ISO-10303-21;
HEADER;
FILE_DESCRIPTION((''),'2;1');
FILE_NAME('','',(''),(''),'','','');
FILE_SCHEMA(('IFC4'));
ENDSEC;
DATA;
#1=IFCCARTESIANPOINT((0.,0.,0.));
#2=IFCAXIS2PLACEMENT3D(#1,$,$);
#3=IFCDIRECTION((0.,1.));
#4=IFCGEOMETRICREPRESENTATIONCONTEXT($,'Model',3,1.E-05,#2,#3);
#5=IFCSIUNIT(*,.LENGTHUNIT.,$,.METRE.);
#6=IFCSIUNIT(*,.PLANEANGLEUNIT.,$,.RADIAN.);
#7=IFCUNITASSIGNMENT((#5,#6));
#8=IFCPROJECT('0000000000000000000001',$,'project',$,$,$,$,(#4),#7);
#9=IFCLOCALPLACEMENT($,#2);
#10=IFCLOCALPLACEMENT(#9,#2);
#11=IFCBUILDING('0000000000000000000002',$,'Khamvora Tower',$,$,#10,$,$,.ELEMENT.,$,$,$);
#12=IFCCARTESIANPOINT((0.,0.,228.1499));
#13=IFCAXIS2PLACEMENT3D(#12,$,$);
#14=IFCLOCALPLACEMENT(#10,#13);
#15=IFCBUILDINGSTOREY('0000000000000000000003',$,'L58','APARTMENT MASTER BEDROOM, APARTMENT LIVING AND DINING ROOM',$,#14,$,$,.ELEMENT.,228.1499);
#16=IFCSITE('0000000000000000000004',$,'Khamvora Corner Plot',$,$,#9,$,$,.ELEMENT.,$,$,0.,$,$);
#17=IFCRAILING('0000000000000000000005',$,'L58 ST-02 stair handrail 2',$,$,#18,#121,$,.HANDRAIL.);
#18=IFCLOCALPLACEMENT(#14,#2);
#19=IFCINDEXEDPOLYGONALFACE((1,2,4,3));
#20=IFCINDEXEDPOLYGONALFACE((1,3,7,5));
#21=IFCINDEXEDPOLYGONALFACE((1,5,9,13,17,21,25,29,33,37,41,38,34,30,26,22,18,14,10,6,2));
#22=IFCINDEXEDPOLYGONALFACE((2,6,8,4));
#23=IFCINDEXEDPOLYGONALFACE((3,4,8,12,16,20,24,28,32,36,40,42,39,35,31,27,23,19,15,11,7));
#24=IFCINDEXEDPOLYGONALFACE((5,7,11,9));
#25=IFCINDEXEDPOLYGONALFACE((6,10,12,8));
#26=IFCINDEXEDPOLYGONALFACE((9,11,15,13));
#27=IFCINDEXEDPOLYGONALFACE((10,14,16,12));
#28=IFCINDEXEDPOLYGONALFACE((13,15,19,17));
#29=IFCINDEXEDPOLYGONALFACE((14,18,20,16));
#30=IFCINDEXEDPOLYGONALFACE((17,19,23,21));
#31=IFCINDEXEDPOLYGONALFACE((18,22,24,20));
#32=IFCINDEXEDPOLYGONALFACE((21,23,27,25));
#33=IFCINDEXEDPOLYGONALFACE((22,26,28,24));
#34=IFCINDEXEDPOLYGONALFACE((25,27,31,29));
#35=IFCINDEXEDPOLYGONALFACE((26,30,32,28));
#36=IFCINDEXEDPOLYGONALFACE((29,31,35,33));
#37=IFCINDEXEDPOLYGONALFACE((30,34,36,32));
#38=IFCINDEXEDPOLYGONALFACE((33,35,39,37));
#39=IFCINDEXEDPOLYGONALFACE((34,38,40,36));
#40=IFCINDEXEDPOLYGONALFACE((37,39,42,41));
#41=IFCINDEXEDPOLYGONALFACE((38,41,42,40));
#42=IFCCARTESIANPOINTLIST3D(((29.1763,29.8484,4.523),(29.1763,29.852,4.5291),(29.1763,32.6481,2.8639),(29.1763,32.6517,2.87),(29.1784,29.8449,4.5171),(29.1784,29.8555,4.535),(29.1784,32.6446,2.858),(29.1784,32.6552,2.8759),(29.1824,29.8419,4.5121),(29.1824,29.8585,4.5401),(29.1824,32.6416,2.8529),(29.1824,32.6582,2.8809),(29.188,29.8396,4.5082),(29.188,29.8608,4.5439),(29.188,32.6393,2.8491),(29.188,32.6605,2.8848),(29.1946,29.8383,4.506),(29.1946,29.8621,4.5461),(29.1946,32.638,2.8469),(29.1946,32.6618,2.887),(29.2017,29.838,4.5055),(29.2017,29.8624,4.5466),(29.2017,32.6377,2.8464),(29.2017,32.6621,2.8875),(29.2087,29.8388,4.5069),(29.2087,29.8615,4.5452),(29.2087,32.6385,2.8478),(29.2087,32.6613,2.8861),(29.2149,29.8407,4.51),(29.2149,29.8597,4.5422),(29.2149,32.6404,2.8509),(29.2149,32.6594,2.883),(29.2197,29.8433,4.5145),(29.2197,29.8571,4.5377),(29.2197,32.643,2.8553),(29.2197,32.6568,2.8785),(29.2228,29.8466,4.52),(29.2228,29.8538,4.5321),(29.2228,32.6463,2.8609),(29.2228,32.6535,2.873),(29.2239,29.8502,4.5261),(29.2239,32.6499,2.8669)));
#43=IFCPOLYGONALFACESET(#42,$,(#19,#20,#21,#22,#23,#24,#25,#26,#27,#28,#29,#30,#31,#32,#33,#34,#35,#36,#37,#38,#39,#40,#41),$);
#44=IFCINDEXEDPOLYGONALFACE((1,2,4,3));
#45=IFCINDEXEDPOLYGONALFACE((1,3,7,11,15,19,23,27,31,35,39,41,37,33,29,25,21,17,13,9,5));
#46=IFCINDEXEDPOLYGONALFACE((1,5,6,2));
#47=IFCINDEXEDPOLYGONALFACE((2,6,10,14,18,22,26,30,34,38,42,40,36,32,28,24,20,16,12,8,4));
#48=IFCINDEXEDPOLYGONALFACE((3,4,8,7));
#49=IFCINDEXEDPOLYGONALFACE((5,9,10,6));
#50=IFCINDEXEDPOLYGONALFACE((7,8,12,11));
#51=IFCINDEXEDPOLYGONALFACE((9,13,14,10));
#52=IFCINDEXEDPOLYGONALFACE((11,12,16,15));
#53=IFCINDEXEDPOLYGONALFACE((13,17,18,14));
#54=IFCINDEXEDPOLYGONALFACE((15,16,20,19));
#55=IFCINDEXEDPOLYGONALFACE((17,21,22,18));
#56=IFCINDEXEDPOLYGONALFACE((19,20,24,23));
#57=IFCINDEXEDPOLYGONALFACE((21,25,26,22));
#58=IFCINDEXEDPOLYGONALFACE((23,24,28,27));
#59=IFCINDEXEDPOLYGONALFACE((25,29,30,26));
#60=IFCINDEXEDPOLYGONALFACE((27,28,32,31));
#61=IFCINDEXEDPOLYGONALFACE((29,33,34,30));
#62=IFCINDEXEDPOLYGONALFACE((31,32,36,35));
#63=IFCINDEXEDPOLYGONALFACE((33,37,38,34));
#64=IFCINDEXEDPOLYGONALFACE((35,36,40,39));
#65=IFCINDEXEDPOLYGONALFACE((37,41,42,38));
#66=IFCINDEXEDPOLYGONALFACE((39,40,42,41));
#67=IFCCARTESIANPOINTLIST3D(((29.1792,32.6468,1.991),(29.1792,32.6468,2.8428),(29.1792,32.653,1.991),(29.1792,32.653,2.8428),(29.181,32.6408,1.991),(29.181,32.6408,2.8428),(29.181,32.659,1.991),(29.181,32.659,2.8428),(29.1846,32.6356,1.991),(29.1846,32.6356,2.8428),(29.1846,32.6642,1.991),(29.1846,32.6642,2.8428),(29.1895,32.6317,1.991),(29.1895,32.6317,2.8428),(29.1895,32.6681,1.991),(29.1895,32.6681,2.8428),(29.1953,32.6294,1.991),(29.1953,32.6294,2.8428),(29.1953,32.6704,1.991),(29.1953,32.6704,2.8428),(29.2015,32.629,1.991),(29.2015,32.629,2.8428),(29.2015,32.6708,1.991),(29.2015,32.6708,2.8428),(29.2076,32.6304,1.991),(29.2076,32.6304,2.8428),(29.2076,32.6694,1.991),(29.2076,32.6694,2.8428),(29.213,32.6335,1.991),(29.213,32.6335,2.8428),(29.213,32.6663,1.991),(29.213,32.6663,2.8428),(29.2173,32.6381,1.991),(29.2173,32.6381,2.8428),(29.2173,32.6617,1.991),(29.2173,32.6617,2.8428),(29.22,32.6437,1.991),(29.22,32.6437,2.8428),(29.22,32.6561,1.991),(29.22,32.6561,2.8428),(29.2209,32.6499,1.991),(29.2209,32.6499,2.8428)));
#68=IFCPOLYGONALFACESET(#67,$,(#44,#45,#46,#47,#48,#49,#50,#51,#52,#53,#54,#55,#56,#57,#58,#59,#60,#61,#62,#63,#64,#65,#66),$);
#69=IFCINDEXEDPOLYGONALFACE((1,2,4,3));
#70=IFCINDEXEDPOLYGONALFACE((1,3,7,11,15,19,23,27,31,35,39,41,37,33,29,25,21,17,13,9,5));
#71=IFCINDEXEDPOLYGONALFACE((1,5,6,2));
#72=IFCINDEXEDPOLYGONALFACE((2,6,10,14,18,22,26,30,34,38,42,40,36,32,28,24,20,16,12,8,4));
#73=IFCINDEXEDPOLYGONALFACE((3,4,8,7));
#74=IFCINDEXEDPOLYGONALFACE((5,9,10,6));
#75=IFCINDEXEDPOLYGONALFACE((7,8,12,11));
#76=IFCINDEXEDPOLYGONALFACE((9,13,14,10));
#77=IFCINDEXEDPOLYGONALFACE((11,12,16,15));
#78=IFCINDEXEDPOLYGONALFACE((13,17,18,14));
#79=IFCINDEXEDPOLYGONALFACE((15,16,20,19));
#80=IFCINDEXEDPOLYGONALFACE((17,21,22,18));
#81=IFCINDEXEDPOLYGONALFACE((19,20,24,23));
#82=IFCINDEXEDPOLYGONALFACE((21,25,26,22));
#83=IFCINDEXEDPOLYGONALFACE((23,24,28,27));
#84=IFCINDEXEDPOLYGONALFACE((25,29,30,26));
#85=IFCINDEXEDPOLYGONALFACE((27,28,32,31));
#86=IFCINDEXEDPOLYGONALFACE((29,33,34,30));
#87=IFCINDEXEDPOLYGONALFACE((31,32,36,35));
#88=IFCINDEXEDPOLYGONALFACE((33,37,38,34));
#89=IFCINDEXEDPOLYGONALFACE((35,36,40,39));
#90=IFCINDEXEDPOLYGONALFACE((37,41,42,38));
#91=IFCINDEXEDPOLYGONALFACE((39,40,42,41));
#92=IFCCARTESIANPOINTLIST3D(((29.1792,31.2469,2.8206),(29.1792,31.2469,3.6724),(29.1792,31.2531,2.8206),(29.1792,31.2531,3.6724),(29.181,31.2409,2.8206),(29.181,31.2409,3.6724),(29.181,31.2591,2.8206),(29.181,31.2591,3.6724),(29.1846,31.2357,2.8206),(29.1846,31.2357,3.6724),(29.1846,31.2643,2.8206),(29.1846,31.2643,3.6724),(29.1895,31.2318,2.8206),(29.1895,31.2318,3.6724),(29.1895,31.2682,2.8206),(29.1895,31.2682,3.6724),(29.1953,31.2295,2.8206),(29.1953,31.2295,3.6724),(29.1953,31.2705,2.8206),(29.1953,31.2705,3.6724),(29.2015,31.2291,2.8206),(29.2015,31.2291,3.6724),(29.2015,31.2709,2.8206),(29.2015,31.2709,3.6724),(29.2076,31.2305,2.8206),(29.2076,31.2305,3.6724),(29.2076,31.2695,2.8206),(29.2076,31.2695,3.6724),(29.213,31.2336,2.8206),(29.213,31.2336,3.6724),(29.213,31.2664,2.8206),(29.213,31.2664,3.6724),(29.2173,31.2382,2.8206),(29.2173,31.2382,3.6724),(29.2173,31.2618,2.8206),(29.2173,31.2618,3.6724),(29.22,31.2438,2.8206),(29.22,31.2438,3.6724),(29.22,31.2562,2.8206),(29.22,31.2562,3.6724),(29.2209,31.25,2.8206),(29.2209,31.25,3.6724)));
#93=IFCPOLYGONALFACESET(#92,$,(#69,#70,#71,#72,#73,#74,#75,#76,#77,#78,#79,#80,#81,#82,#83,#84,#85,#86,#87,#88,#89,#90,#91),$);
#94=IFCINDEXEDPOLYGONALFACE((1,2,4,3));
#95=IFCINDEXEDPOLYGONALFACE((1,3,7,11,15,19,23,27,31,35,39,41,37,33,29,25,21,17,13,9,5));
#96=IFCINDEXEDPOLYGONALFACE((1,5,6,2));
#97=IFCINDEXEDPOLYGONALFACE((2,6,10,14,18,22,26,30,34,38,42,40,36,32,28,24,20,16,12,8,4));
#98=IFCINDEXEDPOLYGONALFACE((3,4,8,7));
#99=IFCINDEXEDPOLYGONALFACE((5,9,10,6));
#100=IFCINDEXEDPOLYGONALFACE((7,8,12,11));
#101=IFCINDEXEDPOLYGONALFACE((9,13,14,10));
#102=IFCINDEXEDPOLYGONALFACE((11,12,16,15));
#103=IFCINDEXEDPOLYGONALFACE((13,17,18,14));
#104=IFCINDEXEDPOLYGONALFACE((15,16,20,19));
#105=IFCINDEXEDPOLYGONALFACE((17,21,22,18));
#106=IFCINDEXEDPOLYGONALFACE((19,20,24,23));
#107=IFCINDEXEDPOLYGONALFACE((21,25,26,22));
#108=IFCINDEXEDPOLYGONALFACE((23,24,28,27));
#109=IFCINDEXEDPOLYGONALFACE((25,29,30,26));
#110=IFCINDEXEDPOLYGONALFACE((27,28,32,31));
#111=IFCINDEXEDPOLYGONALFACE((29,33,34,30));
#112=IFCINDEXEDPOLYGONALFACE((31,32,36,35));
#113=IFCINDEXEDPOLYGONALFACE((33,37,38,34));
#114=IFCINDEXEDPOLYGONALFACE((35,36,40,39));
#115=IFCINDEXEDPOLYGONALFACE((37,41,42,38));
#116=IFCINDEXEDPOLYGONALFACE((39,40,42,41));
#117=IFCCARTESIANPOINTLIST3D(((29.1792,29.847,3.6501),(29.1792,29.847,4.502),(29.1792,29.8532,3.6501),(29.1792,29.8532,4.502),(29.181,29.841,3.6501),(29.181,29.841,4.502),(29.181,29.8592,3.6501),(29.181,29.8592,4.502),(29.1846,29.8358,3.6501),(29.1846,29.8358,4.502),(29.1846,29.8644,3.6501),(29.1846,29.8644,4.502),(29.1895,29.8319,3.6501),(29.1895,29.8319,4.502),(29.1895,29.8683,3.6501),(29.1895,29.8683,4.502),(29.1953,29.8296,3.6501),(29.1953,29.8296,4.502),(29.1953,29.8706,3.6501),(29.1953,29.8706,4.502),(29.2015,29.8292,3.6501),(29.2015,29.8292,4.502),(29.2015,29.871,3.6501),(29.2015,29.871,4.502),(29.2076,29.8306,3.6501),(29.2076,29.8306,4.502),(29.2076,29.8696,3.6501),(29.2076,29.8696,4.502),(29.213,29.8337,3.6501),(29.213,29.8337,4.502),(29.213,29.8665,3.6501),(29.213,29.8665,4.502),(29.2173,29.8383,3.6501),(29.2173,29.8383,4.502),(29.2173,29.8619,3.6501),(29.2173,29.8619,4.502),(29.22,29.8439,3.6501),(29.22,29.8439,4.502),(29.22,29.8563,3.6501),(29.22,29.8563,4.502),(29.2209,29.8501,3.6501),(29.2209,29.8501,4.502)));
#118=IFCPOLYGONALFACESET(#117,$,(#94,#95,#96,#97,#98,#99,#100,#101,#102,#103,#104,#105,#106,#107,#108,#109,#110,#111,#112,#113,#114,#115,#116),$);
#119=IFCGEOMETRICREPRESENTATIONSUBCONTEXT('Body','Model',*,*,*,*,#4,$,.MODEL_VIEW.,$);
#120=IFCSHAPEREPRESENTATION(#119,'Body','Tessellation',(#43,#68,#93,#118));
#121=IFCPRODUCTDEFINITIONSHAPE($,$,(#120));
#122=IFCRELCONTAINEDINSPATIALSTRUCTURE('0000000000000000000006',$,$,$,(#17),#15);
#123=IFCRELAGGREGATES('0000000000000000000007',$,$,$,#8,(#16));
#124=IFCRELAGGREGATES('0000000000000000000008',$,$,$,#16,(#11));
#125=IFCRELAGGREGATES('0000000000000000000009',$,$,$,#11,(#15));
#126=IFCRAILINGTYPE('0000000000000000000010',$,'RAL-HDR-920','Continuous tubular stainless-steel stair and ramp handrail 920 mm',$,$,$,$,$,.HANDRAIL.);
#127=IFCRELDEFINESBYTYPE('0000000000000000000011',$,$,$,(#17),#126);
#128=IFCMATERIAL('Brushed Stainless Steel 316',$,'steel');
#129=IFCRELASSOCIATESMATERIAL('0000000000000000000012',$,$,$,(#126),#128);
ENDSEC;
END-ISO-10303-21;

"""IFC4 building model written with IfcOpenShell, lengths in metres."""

from ifc_helpers import new_model, si_unit, direction, frame, origin, origin_2d, place, context, subcontext, project, spatial, circle, extrude, material, type_object, element, save


model = new_model("IFC4")

# Units and contexts
model_context = context("Model", 3, precision=1e-05, world=origin(), true_north=direction((0.0, 1.0)))
body_context = subcontext(model_context, "Body", "Model", "MODEL_VIEW")
ifc_project = project(units=[si_unit("LENGTHUNIT", "METRE"), si_unit("PLANEANGLEUNIT", "RADIAN")], contexts=[model_context])

# Site, building, storey
site_placement = place(None, origin())
site = spatial("IfcSite", under=ifc_project, at=site_placement, Name="Khamvora Corner Plot", CompositionType="ELEMENT", RefElevation=0.0)
building_placement = place(site_placement, origin())
building = spatial("IfcBuilding", under=site, at=building_placement, Name="Khamvora Tower", CompositionType="ELEMENT")
storey_placement = place(building_placement, frame((0.0, 0.0, 228.1499)))
storey = spatial("IfcBuildingStorey", under=building, at=storey_placement, Name="L58", Description="APARTMENT MASTER BEDROOM, APARTMENT LIVING AND DINING ROOM", CompositionType="ELEMENT", Elevation=228.1499)

# Railing
ifc_material_1 = material(Name="Brushed Stainless Steel 316", Category="steel")
railing_type_1 = type_object("IfcRailingType", Name="RAL-HDR-920", Description="Continuous tubular stainless-steel stair and ramp handrail 920 mm", PredefinedType="HANDRAIL", material=ifc_material_1)
railing_1_placement = place(storey_placement, frame((29.2, 32.6499, 1.991)))
element("IfcRailing", 1, at=railing_1_placement, inside=storey, type_object=railing_type_1, Name="L58 ST-02 stair handrail 2", PredefinedType="HANDRAIL", context=body_context, shape_type="SweptSolid", body=[
    extrude(circle(Radius=0.0239, at=origin_2d()), frame((0.0, 0.0, 0.876), z_axis=(0.0, -0.860287, 0.509811), x_axis=(1.0, 0.0, 0.0)), (0.0, 0.0, 1.0), 3.2544),
    extrude(circle(Radius=0.021, at=origin_2d()), origin(), (0.0, 0.0, 1.0), 0.8518),
    extrude(circle(Radius=0.021, at=origin_2d()), frame((0.0, -1.3999, 0.8296)), (0.0, 0.0, 1.0), 0.8518),
    extrude(circle(Radius=0.021, at=origin_2d()), frame((0.0, -2.7998, 1.6592)), (0.0, 0.0, 1.0), 0.8518),
])

save(model, "model.ifc")
